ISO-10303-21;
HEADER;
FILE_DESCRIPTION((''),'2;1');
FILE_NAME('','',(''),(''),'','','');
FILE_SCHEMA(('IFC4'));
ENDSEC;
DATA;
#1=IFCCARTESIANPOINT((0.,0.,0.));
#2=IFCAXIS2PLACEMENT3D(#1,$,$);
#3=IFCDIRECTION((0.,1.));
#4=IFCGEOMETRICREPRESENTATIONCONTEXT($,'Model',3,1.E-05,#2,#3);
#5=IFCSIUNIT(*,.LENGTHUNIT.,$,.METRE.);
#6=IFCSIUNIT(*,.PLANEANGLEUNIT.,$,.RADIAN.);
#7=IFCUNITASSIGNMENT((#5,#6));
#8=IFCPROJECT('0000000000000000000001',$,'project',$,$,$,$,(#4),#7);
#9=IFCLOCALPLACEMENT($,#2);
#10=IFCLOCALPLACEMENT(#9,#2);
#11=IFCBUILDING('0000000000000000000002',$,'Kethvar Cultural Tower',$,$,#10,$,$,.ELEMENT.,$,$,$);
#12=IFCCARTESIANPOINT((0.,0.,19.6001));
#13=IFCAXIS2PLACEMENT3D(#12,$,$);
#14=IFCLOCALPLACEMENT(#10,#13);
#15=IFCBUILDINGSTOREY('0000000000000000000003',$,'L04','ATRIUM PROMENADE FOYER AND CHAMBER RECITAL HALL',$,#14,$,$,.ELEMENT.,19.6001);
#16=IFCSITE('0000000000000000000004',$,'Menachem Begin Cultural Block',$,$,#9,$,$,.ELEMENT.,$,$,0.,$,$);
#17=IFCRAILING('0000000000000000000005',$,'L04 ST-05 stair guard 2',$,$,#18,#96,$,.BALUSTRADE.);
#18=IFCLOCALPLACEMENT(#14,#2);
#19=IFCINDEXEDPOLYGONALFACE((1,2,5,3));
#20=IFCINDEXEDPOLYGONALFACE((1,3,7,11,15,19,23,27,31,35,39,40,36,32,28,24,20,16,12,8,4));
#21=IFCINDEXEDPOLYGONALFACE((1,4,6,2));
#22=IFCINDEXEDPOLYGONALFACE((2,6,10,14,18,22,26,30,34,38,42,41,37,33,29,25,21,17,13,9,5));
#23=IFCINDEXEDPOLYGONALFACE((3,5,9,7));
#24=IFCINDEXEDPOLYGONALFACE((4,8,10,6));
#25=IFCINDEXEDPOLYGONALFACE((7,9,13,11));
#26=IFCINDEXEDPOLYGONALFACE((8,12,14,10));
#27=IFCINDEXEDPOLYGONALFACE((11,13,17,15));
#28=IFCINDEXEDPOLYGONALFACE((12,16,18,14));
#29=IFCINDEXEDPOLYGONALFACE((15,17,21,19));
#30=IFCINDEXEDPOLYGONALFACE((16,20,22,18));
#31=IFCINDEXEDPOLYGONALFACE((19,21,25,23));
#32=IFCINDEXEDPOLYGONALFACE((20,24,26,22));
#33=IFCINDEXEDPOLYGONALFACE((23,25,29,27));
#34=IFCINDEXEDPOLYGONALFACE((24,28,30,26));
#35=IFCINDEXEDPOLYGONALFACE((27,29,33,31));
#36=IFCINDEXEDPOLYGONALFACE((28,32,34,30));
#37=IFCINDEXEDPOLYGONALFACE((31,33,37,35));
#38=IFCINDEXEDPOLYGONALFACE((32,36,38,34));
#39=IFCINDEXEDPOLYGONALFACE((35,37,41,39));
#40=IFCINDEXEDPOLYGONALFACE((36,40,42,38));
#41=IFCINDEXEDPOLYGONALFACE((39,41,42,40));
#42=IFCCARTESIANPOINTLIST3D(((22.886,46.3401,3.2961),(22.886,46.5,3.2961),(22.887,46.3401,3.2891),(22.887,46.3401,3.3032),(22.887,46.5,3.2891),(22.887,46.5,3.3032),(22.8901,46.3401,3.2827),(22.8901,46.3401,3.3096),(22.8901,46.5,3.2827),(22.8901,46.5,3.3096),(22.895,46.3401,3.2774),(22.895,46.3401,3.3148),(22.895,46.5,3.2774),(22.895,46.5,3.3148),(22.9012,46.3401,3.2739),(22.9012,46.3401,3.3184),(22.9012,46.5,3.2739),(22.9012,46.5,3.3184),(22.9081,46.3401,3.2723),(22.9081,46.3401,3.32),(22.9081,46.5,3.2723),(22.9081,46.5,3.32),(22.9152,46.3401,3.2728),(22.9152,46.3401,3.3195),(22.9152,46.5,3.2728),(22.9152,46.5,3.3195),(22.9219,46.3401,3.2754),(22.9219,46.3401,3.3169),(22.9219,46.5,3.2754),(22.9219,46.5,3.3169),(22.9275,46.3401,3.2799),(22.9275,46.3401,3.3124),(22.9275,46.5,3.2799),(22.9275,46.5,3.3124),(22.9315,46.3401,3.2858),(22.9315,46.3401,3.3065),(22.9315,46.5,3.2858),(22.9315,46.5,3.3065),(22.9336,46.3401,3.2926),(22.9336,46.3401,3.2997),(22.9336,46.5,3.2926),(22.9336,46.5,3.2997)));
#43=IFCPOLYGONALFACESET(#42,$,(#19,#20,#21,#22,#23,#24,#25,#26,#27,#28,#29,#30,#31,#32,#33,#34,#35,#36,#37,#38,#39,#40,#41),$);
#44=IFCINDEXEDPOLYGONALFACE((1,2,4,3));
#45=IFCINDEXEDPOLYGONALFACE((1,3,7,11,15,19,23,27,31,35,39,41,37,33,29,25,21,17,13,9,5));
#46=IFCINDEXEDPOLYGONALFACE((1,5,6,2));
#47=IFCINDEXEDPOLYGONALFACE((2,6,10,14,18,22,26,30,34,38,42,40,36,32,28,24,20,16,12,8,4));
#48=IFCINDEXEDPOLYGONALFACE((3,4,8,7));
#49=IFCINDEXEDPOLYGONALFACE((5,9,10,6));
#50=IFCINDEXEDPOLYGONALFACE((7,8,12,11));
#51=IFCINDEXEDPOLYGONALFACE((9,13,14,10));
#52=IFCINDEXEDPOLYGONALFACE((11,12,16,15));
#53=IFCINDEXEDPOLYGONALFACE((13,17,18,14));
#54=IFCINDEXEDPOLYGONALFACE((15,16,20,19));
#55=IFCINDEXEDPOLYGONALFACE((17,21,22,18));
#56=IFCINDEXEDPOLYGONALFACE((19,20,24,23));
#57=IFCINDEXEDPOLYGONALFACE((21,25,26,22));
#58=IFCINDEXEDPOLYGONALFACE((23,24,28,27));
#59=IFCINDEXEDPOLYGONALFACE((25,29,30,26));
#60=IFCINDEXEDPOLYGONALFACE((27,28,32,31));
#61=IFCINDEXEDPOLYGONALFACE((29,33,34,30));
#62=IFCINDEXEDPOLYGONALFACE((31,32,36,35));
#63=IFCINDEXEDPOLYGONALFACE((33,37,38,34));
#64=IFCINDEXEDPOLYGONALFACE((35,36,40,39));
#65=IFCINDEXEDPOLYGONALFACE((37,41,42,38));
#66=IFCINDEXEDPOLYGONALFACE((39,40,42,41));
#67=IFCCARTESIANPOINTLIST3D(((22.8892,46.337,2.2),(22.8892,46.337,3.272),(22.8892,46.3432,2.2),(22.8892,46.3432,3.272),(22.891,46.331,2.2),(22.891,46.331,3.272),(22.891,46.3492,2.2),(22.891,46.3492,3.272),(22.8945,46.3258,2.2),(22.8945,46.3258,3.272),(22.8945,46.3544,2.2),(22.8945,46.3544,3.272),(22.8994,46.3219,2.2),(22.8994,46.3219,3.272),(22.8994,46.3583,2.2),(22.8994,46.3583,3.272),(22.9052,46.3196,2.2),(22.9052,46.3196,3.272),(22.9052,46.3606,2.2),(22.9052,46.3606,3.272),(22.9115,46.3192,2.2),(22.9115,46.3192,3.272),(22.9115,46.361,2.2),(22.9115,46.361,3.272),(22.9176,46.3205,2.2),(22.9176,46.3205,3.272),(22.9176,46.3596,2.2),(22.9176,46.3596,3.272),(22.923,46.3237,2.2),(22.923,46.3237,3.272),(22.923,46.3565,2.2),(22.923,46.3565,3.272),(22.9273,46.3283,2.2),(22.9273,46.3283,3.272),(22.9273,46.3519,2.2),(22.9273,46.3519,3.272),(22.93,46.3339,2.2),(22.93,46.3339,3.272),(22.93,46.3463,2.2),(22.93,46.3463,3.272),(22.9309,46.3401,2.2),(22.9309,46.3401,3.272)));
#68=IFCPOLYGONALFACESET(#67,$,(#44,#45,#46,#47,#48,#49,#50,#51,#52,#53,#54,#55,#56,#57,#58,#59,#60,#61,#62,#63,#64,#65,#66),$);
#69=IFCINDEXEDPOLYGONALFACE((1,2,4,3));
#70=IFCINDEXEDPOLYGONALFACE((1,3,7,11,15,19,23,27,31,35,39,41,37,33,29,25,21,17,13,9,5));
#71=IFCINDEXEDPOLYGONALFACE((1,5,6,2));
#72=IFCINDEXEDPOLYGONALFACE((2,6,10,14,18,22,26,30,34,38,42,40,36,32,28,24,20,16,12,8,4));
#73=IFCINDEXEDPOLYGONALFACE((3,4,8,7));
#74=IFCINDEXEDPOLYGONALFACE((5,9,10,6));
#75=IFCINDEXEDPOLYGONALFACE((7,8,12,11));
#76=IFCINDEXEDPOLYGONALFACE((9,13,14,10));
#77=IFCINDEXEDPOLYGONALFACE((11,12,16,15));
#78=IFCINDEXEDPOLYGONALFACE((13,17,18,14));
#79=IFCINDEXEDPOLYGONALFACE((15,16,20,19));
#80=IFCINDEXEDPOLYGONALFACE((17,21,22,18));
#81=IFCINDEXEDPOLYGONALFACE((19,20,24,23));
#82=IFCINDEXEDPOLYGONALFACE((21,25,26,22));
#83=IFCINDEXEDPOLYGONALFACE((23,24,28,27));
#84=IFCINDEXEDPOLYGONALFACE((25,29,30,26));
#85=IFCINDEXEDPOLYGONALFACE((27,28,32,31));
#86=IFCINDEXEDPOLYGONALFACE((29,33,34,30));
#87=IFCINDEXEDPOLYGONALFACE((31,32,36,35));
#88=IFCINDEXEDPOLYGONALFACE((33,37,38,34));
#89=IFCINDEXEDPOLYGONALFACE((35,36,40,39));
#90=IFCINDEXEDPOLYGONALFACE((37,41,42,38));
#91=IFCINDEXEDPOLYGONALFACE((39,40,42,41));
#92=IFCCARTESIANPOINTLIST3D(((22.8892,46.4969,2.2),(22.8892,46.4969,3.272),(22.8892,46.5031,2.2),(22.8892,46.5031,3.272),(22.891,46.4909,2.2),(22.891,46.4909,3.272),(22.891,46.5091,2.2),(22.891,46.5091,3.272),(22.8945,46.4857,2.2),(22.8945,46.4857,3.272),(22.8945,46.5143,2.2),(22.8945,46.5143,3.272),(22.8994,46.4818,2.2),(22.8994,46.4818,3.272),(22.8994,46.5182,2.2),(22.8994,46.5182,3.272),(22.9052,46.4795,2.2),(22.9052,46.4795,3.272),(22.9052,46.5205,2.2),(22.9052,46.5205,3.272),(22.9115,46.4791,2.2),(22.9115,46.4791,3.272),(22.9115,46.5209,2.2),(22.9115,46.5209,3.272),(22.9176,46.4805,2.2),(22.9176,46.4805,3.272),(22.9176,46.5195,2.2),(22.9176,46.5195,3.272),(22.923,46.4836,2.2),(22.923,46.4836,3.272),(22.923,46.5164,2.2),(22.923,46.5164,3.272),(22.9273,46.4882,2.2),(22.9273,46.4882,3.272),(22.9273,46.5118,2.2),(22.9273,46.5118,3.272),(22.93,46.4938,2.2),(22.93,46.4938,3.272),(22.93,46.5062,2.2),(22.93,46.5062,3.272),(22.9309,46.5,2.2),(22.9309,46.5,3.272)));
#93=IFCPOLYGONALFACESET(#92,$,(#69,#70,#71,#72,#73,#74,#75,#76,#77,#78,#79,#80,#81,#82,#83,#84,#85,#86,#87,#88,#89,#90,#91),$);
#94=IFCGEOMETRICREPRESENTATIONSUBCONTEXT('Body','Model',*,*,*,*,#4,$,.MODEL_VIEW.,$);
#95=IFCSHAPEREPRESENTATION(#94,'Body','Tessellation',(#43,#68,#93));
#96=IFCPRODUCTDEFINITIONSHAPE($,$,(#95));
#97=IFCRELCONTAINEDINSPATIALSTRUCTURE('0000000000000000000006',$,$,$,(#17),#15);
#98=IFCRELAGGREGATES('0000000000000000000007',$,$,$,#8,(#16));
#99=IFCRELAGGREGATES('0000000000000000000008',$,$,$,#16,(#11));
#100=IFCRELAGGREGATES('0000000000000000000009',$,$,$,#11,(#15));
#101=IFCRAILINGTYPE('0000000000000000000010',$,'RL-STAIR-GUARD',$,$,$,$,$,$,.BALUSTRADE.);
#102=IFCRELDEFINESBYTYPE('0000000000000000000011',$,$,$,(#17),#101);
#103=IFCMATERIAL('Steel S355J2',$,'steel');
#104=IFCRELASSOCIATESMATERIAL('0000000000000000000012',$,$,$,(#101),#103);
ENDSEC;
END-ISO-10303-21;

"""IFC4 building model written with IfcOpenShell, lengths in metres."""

from ifc_helpers import new_model, si_unit, direction, frame, origin, origin_2d, place, context, subcontext, project, spatial, circle, extrude, material, type_object, element, save


model = new_model("IFC4")

# Units and contexts
model_context = context("Model", 3, precision=1e-05, world=origin(), true_north=direction((0.0, 1.0)))
body_context = subcontext(model_context, "Body", "Model", "MODEL_VIEW")
ifc_project = project(units=[si_unit("LENGTHUNIT", "METRE"), si_unit("PLANEANGLEUNIT", "RADIAN")], contexts=[model_context])

# Site, building, storey
site_placement = place(None, origin())
site = spatial("IfcSite", under=ifc_project, at=site_placement, Name="Menachem Begin Cultural Block", CompositionType="ELEMENT", RefElevation=0.0)
building_placement = place(site_placement, origin())
building = spatial("IfcBuilding", under=site, at=building_placement, Name="Kethvar Cultural Tower", CompositionType="ELEMENT")
storey_placement = place(building_placement, frame((0.0, 0.0, 19.6001)))
storey = spatial("IfcBuildingStorey", under=building, at=storey_placement, Name="L04", Description="ATRIUM PROMENADE FOYER AND CHAMBER RECITAL HALL", CompositionType="ELEMENT", Elevation=19.6001)

# Shared definitions
ifc_material_1 = material(Name="Steel S355J2", Category="steel")

# Railing
railing_type_1 = type_object("IfcRailingType", Name="RL-STAIR-GUARD", PredefinedType="BALUSTRADE", material=ifc_material_1)
railing_1_placement = place(storey_placement, frame((22.9099, 46.3401, 2.2)))
element("IfcRailing", 1, at=railing_1_placement, inside=storey, type_object=railing_type_1, Name="L04 ST-05 stair guard 2", PredefinedType="BALUSTRADE", context=body_context, shape_type="SweptSolid", body=[
    extrude(circle(Radius=0.0239, at=origin_2d()), frame((0.0, 0.0, 1.0962), z_axis=(0.0, 1.0, 0.0), x_axis=(-1.0, 0.0, 0.0)), (0.0, 0.0, 1.0), 0.1599),
    extrude(circle(Radius=0.021, at=origin_2d()), origin(), (0.0, 0.0, 1.0), 1.072),
    extrude(circle(Radius=0.021, at=origin_2d()), frame((0.0, 0.1599, 0.0)), (0.0, 0.0, 1.0), 1.072),
])

save(model, "model.ifc")
